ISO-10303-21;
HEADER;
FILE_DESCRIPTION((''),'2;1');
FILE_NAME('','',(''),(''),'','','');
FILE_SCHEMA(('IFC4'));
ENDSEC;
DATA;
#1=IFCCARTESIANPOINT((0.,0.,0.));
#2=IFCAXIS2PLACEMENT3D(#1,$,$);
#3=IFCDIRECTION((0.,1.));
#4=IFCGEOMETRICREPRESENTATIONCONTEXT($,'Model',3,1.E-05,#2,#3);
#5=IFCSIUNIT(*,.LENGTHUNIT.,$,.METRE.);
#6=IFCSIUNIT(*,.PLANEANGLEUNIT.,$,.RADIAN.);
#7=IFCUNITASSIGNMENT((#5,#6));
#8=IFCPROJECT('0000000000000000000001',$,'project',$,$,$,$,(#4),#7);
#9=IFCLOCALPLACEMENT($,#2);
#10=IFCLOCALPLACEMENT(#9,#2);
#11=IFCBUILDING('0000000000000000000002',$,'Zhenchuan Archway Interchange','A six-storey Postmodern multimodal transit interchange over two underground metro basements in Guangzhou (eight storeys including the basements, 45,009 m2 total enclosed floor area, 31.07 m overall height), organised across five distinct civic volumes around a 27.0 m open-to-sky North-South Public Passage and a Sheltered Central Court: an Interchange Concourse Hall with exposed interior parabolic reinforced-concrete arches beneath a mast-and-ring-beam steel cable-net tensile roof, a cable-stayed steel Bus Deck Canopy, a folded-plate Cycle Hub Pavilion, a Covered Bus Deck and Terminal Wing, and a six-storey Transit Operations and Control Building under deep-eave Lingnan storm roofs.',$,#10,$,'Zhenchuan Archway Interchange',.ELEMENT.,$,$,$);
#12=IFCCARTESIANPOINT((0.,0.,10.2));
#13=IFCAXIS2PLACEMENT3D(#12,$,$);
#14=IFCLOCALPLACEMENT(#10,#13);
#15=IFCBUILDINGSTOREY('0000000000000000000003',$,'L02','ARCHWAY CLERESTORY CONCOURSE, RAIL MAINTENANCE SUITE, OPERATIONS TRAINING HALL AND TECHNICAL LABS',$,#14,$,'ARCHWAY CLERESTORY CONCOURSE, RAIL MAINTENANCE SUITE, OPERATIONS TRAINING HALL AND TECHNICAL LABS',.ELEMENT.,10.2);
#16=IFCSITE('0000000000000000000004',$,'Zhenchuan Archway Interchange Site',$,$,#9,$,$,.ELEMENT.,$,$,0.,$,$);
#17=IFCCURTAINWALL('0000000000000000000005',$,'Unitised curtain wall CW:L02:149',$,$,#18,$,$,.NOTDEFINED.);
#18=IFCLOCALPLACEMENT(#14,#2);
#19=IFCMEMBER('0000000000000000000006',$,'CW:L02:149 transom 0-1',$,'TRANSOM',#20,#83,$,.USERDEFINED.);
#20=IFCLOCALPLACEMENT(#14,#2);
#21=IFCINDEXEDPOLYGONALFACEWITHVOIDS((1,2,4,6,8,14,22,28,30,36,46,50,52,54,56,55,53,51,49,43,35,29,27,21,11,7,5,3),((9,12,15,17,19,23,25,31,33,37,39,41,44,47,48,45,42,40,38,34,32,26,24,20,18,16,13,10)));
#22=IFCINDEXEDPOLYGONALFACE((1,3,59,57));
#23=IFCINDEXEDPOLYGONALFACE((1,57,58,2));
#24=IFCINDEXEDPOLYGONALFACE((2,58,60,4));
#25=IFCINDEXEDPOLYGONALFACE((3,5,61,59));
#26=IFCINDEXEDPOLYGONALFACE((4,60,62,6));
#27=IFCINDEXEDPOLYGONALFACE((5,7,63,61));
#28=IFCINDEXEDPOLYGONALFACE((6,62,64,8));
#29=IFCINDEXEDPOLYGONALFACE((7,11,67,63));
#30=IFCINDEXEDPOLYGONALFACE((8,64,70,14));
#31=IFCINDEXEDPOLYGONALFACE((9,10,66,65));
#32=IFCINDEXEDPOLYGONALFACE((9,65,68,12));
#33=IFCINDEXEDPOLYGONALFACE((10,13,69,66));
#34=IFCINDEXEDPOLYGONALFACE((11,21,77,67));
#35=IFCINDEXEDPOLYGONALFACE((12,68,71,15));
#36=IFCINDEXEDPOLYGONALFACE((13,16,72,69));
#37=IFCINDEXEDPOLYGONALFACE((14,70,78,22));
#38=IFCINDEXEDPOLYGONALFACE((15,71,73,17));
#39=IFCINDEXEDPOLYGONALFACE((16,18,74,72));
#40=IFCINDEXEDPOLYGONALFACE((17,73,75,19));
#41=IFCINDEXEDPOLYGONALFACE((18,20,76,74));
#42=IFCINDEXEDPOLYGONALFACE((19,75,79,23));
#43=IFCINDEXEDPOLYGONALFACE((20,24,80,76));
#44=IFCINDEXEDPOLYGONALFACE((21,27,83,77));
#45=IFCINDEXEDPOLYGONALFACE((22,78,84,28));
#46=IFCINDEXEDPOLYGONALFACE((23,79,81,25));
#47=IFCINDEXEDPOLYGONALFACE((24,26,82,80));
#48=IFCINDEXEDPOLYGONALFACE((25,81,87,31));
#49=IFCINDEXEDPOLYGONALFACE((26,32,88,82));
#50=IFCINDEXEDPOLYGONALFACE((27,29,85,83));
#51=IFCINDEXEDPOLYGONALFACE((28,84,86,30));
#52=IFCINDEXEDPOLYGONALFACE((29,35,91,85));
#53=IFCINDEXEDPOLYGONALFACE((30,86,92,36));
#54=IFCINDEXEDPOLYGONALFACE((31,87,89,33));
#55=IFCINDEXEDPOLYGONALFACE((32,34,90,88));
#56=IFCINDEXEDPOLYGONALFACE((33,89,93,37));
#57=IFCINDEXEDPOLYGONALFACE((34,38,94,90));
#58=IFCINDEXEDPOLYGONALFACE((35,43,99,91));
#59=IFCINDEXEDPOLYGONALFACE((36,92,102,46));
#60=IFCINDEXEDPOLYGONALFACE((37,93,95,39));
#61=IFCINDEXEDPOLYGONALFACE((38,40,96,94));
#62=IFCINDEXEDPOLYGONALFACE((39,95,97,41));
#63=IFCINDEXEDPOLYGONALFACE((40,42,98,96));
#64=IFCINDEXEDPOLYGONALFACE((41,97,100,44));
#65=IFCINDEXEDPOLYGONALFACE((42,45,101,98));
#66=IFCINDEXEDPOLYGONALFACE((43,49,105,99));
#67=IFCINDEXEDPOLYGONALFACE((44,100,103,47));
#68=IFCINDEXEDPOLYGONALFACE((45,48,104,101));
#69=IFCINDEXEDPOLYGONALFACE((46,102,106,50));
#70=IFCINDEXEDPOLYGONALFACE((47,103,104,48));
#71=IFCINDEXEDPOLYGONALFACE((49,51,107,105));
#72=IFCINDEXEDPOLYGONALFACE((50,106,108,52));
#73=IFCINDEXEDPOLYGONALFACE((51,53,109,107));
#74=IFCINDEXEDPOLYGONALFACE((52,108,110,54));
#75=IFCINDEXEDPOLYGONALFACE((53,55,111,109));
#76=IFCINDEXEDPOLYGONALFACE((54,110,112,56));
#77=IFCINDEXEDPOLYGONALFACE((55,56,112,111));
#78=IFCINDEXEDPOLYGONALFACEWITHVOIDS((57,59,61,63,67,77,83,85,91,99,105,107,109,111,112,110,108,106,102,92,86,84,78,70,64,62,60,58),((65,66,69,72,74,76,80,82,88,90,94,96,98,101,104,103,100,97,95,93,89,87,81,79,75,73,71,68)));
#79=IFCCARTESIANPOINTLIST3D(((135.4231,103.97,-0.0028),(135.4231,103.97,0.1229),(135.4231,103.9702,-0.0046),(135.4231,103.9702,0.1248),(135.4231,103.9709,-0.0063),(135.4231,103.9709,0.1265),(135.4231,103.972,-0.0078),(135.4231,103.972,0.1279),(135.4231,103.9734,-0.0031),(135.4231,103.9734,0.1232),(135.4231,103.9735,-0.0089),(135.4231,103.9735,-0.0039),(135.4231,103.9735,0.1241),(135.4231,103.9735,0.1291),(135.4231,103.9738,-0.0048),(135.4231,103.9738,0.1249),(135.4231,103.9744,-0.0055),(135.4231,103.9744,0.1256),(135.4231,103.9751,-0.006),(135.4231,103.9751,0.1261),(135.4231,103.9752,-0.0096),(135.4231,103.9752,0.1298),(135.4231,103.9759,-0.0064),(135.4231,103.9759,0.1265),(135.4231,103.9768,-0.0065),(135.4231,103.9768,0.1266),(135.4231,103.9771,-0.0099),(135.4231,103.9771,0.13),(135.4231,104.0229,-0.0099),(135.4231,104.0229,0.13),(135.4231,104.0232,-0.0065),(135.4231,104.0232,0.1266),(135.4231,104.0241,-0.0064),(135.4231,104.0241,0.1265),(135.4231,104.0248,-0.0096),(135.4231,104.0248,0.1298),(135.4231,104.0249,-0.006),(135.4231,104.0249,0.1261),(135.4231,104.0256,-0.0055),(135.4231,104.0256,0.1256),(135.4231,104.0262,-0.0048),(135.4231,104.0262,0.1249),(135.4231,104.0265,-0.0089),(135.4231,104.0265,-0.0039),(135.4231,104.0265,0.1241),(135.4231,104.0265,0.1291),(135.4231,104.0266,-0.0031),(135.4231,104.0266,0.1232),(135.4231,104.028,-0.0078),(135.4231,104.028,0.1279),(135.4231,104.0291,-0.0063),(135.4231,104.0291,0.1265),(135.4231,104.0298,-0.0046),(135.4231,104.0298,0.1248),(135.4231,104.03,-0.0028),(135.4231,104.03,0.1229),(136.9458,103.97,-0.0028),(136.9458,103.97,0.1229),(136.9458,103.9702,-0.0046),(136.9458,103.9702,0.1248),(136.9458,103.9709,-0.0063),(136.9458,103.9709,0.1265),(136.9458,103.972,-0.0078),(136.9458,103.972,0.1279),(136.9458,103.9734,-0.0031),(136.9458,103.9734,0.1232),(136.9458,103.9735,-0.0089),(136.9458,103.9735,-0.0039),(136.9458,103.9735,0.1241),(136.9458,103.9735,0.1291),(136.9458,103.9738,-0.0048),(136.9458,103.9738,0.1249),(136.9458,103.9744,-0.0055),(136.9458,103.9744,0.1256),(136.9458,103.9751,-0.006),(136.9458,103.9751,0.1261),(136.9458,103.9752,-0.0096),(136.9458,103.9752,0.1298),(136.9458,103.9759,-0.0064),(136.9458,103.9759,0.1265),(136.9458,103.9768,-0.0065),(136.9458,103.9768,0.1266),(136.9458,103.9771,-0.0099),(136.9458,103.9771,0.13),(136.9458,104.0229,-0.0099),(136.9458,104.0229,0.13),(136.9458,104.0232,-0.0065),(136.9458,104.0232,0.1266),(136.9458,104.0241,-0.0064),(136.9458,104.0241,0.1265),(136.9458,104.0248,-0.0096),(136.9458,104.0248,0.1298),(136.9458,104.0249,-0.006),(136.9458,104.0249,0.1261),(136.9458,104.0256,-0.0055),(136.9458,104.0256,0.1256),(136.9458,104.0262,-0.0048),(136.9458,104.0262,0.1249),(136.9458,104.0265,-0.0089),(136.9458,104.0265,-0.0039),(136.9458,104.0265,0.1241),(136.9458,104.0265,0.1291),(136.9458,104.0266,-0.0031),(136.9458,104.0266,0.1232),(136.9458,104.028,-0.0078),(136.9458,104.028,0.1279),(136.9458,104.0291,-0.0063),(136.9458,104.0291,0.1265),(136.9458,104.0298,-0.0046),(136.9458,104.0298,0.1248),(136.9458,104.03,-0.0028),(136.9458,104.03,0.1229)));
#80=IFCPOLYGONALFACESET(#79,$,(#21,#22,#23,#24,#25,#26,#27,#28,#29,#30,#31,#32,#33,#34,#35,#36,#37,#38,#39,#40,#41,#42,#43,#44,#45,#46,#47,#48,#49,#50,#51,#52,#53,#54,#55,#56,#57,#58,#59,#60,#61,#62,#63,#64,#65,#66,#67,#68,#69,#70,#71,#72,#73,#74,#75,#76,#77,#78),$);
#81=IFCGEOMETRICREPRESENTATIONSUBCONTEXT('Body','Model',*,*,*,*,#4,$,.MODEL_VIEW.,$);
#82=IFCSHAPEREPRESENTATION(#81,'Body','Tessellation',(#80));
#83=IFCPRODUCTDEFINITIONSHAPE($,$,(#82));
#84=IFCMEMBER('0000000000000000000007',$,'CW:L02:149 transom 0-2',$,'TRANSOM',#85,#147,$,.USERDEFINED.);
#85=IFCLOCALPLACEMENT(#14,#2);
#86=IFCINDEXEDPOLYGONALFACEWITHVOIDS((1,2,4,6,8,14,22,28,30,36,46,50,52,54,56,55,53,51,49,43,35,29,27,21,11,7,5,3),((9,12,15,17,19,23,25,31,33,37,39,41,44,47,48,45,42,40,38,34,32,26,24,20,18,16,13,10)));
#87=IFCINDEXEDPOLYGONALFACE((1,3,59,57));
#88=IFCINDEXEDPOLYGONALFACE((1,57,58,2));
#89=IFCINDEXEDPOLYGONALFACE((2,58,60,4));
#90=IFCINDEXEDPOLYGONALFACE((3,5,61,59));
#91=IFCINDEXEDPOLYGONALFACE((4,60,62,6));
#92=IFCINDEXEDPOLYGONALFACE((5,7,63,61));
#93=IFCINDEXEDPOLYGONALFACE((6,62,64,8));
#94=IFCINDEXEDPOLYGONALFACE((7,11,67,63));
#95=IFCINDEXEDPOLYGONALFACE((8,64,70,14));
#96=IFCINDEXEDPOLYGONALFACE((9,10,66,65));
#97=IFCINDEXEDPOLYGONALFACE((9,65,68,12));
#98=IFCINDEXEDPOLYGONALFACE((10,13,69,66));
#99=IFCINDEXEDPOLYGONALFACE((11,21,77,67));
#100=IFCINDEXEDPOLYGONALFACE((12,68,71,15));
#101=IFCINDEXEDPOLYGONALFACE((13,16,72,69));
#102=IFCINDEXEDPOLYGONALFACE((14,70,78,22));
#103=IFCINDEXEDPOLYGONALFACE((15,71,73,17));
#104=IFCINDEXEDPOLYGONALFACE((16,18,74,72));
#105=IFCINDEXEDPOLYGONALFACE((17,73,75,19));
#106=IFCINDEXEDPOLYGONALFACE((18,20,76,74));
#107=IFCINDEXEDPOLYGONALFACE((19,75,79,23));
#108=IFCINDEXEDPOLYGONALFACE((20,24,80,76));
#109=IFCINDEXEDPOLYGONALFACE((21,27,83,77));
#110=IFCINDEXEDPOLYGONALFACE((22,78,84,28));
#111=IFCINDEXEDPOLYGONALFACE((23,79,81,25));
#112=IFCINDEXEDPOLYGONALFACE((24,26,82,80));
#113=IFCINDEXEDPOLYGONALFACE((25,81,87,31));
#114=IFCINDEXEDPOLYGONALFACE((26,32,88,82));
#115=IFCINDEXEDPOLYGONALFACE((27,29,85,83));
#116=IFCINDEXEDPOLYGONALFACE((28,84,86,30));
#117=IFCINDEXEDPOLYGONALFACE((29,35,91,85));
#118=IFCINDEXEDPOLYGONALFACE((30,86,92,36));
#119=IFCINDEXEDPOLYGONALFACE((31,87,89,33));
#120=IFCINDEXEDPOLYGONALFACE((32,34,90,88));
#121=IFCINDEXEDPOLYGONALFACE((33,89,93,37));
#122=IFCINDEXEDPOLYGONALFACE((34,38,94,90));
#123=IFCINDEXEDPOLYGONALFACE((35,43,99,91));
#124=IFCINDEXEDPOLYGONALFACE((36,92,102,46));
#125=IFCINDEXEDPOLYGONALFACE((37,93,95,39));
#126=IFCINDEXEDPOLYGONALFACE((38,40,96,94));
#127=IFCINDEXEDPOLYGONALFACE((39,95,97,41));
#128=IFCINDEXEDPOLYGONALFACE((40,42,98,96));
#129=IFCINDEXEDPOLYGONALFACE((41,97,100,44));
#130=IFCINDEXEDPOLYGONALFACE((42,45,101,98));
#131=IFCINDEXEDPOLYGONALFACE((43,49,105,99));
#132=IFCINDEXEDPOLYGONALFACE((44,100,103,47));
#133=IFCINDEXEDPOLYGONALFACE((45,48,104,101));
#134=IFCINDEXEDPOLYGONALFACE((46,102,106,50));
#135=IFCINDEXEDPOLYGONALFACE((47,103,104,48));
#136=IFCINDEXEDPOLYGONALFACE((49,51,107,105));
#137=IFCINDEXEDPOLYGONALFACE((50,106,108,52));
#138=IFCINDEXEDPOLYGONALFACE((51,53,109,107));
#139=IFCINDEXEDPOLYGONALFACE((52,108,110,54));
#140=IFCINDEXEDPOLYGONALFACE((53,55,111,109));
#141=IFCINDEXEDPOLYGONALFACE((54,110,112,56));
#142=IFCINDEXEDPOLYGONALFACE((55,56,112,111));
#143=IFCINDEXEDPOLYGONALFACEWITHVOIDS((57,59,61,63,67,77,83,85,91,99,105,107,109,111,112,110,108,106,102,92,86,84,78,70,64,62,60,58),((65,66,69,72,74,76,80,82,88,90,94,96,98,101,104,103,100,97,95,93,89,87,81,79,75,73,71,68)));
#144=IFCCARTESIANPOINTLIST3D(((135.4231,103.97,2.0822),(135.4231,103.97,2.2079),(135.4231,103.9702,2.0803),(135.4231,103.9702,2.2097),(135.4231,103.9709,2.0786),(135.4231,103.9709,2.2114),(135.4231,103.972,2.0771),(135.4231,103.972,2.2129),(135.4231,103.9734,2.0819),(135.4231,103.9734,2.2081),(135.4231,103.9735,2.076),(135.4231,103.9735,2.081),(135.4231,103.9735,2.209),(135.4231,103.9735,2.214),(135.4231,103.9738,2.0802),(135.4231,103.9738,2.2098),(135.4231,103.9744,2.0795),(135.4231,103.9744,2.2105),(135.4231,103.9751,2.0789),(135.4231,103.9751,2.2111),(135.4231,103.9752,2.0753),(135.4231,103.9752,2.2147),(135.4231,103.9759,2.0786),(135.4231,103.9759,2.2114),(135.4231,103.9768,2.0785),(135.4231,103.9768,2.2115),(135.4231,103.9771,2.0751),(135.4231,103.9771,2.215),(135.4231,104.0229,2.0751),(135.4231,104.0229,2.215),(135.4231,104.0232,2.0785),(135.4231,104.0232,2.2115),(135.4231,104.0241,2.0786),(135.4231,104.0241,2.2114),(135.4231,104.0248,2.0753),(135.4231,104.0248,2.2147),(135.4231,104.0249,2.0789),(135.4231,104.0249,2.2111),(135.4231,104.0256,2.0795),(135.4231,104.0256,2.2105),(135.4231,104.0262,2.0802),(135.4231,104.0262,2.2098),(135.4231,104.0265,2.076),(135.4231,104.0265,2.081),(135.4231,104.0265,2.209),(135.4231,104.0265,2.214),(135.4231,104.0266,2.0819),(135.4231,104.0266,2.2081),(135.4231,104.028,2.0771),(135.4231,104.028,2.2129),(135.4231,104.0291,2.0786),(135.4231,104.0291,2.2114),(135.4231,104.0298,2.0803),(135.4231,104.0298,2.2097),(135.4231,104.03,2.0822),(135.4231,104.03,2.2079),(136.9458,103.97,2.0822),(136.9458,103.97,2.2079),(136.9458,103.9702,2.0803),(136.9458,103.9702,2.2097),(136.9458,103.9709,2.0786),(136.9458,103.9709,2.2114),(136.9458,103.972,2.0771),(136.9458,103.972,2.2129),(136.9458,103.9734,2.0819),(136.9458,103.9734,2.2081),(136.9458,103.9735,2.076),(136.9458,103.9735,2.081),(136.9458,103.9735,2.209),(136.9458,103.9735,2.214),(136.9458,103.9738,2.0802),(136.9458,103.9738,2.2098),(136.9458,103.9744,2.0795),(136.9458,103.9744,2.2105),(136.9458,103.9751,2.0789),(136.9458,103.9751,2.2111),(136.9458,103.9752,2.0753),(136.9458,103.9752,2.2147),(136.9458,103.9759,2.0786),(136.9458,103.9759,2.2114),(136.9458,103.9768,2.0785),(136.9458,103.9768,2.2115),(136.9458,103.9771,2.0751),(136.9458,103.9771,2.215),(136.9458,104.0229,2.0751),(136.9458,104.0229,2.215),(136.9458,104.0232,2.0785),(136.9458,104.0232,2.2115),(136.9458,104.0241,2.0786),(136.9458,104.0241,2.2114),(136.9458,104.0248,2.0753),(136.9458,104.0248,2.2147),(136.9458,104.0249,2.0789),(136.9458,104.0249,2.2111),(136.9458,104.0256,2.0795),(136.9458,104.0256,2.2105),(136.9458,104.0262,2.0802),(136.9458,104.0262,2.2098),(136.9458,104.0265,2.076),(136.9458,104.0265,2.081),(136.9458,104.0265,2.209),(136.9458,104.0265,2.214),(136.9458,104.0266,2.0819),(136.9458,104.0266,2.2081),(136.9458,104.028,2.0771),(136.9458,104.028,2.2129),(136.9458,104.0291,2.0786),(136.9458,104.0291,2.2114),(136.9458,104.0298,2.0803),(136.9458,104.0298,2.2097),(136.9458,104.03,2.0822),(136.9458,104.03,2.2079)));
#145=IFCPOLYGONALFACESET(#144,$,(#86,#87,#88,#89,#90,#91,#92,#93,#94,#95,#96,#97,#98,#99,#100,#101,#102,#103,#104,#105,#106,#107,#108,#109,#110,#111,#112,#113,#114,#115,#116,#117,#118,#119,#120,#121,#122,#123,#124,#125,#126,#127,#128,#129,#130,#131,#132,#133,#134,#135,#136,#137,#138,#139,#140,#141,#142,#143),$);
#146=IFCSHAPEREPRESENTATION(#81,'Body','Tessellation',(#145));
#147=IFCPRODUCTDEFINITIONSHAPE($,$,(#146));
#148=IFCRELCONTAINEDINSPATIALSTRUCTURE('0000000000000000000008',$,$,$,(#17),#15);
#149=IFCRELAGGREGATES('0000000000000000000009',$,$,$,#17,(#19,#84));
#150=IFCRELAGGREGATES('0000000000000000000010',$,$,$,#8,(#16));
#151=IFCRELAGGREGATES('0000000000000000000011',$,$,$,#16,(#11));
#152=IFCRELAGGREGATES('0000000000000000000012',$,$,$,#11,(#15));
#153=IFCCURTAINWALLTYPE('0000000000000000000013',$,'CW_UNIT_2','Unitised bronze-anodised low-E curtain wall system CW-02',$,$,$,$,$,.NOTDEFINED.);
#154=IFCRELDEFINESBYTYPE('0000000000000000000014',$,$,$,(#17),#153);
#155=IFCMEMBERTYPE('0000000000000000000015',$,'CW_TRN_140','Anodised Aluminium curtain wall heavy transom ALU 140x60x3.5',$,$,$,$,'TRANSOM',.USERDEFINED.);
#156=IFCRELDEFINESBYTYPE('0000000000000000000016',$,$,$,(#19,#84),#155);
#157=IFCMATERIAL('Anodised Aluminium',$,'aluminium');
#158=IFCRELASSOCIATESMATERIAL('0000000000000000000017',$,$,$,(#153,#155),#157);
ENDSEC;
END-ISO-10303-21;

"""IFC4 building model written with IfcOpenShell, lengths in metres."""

from ifc_helpers import new_model, si_unit, direction, frame, origin, origin_2d, place, context, subcontext, project, spatial, hollow_rectangle, extrude, material, material_profile, profile_set, type_object, element, aggregate, save


model = new_model("IFC4")

# Units and contexts
model_context = context("Model", 3, precision=1e-05, world=origin(), true_north=direction((0.0, 1.0)))
body_context = subcontext(model_context, "Body", "Model", "MODEL_VIEW")
ifc_project = project(units=[si_unit("LENGTHUNIT", "METRE"), si_unit("PLANEANGLEUNIT", "RADIAN")], contexts=[model_context])

# Site, building, storey
site_placement = place(None, origin())
site = spatial("IfcSite", under=ifc_project, at=site_placement, Name="Zhenchuan Archway Interchange Site", CompositionType="ELEMENT", RefElevation=0.0)
building_placement = place(site_placement, origin())
building = spatial("IfcBuilding", under=site, at=building_placement, Name="Zhenchuan Archway Interchange", Description="A six-storey Postmodern multimodal transit interchange over two underground metro basements in Guangzhou (eight storeys including the basements, 45,009 m2 total enclosed floor area, 31.07 m overall height), organised across five distinct civic volumes around a 27.0 m open-to-sky North-South Public Passage and a Sheltered Central Court: an Interchange Concourse Hall with exposed interior parabolic reinforced-concrete arches beneath a mast-and-ring-beam steel cable-net tensile roof, a cable-stayed steel Bus Deck Canopy, a folded-plate Cycle Hub Pavilion, a Covered Bus Deck and Terminal Wing, and a six-storey Transit Operations and Control Building under deep-eave Lingnan storm roofs.", LongName="Zhenchuan Archway Interchange", CompositionType="ELEMENT")
storey_placement = place(building_placement, frame((0.0, 0.0, 10.2)))
storey = spatial("IfcBuildingStorey", under=building, at=storey_placement, Name="L02", Description="ARCHWAY CLERESTORY CONCOURSE, RAIL MAINTENANCE SUITE, OPERATIONS TRAINING HALL AND TECHNICAL LABS", LongName="ARCHWAY CLERESTORY CONCOURSE, RAIL MAINTENANCE SUITE, OPERATIONS TRAINING HALL AND TECHNICAL LABS", CompositionType="ELEMENT", Elevation=10.2)

# Curtain wall, members
ifc_material_1 = material(Name="Anodised Aluminium", Category="aluminium")
curtain_wall_type = type_object("IfcCurtainWallType", Name="CW_UNIT_2", Description="Unitised bronze-anodised low-E curtain wall system CW-02", PredefinedType="NOTDEFINED", material=ifc_material_1)
curtain_wall_placement = place(storey_placement, origin())
curtain_wall = element("IfcCurtainWall", 1, at=curtain_wall_placement, inside=storey, type_object=curtain_wall_type, Name="Unitised curtain wall CW:L02:149", PredefinedType="NOTDEFINED")
ifc_material_profile_1 = material_profile(ifc_material_1, hollow_rectangle(XDim=0.0601, YDim=0.1399, WallThickness=0.0034, InnerFilletRadius=0.0034, OuterFilletRadius=0.0071, at=origin_2d()), Name="ALU 140x60x3.5")
ifc_profile_set_1 = profile_set([ifc_material_profile_1], Name="Anodised Aluminium")
member_type_1 = type_object("IfcMemberType", Name="CW_TRN_140", Description="Anodised Aluminium curtain wall heavy transom ALU 140x60x3.5", ElementType="TRANSOM", PredefinedType="USERDEFINED", material=ifc_profile_set_1)
member_1_placement = place(storey_placement, frame((135.4231, 104.0, 0.0601), z_axis=(1.0, 0.0, 0.0), x_axis=(0.0, 1.0, 0.0)))
member_1 = element("IfcMember", 2, at=member_1_placement, type_object=member_type_1, Name="CW:L02:149 transom 0-1", ObjectType="TRANSOM", PredefinedType="USERDEFINED", context=body_context, shape_type="SweptSolid", body=[
    extrude(hollow_rectangle(XDim=0.0601, YDim=0.1399, WallThickness=0.0034, InnerFilletRadius=0.0034, OuterFilletRadius=0.0071, at=origin_2d()), origin(), (0.0, 0.0, 1.0), 1.5227),
])
member_2_placement = place(storey_placement, frame((135.4231, 104.0, 2.145), z_axis=(1.0, 0.0, 0.0), x_axis=(0.0, 1.0, 0.0)))
member_2 = element("IfcMember", 3, at=member_2_placement, type_object=member_type_1, Name="CW:L02:149 transom 0-2", ObjectType="TRANSOM", PredefinedType="USERDEFINED", context=body_context, shape_type="SweptSolid", body=[
    extrude(hollow_rectangle(XDim=0.0601, YDim=0.1399, WallThickness=0.0034, InnerFilletRadius=0.0034, OuterFilletRadius=0.0071, at=origin_2d()), origin(), (0.0, 0.0, 1.0), 1.5227),
])

aggregate(curtain_wall, [member_1, member_2])

save(model, "model.ifc")
